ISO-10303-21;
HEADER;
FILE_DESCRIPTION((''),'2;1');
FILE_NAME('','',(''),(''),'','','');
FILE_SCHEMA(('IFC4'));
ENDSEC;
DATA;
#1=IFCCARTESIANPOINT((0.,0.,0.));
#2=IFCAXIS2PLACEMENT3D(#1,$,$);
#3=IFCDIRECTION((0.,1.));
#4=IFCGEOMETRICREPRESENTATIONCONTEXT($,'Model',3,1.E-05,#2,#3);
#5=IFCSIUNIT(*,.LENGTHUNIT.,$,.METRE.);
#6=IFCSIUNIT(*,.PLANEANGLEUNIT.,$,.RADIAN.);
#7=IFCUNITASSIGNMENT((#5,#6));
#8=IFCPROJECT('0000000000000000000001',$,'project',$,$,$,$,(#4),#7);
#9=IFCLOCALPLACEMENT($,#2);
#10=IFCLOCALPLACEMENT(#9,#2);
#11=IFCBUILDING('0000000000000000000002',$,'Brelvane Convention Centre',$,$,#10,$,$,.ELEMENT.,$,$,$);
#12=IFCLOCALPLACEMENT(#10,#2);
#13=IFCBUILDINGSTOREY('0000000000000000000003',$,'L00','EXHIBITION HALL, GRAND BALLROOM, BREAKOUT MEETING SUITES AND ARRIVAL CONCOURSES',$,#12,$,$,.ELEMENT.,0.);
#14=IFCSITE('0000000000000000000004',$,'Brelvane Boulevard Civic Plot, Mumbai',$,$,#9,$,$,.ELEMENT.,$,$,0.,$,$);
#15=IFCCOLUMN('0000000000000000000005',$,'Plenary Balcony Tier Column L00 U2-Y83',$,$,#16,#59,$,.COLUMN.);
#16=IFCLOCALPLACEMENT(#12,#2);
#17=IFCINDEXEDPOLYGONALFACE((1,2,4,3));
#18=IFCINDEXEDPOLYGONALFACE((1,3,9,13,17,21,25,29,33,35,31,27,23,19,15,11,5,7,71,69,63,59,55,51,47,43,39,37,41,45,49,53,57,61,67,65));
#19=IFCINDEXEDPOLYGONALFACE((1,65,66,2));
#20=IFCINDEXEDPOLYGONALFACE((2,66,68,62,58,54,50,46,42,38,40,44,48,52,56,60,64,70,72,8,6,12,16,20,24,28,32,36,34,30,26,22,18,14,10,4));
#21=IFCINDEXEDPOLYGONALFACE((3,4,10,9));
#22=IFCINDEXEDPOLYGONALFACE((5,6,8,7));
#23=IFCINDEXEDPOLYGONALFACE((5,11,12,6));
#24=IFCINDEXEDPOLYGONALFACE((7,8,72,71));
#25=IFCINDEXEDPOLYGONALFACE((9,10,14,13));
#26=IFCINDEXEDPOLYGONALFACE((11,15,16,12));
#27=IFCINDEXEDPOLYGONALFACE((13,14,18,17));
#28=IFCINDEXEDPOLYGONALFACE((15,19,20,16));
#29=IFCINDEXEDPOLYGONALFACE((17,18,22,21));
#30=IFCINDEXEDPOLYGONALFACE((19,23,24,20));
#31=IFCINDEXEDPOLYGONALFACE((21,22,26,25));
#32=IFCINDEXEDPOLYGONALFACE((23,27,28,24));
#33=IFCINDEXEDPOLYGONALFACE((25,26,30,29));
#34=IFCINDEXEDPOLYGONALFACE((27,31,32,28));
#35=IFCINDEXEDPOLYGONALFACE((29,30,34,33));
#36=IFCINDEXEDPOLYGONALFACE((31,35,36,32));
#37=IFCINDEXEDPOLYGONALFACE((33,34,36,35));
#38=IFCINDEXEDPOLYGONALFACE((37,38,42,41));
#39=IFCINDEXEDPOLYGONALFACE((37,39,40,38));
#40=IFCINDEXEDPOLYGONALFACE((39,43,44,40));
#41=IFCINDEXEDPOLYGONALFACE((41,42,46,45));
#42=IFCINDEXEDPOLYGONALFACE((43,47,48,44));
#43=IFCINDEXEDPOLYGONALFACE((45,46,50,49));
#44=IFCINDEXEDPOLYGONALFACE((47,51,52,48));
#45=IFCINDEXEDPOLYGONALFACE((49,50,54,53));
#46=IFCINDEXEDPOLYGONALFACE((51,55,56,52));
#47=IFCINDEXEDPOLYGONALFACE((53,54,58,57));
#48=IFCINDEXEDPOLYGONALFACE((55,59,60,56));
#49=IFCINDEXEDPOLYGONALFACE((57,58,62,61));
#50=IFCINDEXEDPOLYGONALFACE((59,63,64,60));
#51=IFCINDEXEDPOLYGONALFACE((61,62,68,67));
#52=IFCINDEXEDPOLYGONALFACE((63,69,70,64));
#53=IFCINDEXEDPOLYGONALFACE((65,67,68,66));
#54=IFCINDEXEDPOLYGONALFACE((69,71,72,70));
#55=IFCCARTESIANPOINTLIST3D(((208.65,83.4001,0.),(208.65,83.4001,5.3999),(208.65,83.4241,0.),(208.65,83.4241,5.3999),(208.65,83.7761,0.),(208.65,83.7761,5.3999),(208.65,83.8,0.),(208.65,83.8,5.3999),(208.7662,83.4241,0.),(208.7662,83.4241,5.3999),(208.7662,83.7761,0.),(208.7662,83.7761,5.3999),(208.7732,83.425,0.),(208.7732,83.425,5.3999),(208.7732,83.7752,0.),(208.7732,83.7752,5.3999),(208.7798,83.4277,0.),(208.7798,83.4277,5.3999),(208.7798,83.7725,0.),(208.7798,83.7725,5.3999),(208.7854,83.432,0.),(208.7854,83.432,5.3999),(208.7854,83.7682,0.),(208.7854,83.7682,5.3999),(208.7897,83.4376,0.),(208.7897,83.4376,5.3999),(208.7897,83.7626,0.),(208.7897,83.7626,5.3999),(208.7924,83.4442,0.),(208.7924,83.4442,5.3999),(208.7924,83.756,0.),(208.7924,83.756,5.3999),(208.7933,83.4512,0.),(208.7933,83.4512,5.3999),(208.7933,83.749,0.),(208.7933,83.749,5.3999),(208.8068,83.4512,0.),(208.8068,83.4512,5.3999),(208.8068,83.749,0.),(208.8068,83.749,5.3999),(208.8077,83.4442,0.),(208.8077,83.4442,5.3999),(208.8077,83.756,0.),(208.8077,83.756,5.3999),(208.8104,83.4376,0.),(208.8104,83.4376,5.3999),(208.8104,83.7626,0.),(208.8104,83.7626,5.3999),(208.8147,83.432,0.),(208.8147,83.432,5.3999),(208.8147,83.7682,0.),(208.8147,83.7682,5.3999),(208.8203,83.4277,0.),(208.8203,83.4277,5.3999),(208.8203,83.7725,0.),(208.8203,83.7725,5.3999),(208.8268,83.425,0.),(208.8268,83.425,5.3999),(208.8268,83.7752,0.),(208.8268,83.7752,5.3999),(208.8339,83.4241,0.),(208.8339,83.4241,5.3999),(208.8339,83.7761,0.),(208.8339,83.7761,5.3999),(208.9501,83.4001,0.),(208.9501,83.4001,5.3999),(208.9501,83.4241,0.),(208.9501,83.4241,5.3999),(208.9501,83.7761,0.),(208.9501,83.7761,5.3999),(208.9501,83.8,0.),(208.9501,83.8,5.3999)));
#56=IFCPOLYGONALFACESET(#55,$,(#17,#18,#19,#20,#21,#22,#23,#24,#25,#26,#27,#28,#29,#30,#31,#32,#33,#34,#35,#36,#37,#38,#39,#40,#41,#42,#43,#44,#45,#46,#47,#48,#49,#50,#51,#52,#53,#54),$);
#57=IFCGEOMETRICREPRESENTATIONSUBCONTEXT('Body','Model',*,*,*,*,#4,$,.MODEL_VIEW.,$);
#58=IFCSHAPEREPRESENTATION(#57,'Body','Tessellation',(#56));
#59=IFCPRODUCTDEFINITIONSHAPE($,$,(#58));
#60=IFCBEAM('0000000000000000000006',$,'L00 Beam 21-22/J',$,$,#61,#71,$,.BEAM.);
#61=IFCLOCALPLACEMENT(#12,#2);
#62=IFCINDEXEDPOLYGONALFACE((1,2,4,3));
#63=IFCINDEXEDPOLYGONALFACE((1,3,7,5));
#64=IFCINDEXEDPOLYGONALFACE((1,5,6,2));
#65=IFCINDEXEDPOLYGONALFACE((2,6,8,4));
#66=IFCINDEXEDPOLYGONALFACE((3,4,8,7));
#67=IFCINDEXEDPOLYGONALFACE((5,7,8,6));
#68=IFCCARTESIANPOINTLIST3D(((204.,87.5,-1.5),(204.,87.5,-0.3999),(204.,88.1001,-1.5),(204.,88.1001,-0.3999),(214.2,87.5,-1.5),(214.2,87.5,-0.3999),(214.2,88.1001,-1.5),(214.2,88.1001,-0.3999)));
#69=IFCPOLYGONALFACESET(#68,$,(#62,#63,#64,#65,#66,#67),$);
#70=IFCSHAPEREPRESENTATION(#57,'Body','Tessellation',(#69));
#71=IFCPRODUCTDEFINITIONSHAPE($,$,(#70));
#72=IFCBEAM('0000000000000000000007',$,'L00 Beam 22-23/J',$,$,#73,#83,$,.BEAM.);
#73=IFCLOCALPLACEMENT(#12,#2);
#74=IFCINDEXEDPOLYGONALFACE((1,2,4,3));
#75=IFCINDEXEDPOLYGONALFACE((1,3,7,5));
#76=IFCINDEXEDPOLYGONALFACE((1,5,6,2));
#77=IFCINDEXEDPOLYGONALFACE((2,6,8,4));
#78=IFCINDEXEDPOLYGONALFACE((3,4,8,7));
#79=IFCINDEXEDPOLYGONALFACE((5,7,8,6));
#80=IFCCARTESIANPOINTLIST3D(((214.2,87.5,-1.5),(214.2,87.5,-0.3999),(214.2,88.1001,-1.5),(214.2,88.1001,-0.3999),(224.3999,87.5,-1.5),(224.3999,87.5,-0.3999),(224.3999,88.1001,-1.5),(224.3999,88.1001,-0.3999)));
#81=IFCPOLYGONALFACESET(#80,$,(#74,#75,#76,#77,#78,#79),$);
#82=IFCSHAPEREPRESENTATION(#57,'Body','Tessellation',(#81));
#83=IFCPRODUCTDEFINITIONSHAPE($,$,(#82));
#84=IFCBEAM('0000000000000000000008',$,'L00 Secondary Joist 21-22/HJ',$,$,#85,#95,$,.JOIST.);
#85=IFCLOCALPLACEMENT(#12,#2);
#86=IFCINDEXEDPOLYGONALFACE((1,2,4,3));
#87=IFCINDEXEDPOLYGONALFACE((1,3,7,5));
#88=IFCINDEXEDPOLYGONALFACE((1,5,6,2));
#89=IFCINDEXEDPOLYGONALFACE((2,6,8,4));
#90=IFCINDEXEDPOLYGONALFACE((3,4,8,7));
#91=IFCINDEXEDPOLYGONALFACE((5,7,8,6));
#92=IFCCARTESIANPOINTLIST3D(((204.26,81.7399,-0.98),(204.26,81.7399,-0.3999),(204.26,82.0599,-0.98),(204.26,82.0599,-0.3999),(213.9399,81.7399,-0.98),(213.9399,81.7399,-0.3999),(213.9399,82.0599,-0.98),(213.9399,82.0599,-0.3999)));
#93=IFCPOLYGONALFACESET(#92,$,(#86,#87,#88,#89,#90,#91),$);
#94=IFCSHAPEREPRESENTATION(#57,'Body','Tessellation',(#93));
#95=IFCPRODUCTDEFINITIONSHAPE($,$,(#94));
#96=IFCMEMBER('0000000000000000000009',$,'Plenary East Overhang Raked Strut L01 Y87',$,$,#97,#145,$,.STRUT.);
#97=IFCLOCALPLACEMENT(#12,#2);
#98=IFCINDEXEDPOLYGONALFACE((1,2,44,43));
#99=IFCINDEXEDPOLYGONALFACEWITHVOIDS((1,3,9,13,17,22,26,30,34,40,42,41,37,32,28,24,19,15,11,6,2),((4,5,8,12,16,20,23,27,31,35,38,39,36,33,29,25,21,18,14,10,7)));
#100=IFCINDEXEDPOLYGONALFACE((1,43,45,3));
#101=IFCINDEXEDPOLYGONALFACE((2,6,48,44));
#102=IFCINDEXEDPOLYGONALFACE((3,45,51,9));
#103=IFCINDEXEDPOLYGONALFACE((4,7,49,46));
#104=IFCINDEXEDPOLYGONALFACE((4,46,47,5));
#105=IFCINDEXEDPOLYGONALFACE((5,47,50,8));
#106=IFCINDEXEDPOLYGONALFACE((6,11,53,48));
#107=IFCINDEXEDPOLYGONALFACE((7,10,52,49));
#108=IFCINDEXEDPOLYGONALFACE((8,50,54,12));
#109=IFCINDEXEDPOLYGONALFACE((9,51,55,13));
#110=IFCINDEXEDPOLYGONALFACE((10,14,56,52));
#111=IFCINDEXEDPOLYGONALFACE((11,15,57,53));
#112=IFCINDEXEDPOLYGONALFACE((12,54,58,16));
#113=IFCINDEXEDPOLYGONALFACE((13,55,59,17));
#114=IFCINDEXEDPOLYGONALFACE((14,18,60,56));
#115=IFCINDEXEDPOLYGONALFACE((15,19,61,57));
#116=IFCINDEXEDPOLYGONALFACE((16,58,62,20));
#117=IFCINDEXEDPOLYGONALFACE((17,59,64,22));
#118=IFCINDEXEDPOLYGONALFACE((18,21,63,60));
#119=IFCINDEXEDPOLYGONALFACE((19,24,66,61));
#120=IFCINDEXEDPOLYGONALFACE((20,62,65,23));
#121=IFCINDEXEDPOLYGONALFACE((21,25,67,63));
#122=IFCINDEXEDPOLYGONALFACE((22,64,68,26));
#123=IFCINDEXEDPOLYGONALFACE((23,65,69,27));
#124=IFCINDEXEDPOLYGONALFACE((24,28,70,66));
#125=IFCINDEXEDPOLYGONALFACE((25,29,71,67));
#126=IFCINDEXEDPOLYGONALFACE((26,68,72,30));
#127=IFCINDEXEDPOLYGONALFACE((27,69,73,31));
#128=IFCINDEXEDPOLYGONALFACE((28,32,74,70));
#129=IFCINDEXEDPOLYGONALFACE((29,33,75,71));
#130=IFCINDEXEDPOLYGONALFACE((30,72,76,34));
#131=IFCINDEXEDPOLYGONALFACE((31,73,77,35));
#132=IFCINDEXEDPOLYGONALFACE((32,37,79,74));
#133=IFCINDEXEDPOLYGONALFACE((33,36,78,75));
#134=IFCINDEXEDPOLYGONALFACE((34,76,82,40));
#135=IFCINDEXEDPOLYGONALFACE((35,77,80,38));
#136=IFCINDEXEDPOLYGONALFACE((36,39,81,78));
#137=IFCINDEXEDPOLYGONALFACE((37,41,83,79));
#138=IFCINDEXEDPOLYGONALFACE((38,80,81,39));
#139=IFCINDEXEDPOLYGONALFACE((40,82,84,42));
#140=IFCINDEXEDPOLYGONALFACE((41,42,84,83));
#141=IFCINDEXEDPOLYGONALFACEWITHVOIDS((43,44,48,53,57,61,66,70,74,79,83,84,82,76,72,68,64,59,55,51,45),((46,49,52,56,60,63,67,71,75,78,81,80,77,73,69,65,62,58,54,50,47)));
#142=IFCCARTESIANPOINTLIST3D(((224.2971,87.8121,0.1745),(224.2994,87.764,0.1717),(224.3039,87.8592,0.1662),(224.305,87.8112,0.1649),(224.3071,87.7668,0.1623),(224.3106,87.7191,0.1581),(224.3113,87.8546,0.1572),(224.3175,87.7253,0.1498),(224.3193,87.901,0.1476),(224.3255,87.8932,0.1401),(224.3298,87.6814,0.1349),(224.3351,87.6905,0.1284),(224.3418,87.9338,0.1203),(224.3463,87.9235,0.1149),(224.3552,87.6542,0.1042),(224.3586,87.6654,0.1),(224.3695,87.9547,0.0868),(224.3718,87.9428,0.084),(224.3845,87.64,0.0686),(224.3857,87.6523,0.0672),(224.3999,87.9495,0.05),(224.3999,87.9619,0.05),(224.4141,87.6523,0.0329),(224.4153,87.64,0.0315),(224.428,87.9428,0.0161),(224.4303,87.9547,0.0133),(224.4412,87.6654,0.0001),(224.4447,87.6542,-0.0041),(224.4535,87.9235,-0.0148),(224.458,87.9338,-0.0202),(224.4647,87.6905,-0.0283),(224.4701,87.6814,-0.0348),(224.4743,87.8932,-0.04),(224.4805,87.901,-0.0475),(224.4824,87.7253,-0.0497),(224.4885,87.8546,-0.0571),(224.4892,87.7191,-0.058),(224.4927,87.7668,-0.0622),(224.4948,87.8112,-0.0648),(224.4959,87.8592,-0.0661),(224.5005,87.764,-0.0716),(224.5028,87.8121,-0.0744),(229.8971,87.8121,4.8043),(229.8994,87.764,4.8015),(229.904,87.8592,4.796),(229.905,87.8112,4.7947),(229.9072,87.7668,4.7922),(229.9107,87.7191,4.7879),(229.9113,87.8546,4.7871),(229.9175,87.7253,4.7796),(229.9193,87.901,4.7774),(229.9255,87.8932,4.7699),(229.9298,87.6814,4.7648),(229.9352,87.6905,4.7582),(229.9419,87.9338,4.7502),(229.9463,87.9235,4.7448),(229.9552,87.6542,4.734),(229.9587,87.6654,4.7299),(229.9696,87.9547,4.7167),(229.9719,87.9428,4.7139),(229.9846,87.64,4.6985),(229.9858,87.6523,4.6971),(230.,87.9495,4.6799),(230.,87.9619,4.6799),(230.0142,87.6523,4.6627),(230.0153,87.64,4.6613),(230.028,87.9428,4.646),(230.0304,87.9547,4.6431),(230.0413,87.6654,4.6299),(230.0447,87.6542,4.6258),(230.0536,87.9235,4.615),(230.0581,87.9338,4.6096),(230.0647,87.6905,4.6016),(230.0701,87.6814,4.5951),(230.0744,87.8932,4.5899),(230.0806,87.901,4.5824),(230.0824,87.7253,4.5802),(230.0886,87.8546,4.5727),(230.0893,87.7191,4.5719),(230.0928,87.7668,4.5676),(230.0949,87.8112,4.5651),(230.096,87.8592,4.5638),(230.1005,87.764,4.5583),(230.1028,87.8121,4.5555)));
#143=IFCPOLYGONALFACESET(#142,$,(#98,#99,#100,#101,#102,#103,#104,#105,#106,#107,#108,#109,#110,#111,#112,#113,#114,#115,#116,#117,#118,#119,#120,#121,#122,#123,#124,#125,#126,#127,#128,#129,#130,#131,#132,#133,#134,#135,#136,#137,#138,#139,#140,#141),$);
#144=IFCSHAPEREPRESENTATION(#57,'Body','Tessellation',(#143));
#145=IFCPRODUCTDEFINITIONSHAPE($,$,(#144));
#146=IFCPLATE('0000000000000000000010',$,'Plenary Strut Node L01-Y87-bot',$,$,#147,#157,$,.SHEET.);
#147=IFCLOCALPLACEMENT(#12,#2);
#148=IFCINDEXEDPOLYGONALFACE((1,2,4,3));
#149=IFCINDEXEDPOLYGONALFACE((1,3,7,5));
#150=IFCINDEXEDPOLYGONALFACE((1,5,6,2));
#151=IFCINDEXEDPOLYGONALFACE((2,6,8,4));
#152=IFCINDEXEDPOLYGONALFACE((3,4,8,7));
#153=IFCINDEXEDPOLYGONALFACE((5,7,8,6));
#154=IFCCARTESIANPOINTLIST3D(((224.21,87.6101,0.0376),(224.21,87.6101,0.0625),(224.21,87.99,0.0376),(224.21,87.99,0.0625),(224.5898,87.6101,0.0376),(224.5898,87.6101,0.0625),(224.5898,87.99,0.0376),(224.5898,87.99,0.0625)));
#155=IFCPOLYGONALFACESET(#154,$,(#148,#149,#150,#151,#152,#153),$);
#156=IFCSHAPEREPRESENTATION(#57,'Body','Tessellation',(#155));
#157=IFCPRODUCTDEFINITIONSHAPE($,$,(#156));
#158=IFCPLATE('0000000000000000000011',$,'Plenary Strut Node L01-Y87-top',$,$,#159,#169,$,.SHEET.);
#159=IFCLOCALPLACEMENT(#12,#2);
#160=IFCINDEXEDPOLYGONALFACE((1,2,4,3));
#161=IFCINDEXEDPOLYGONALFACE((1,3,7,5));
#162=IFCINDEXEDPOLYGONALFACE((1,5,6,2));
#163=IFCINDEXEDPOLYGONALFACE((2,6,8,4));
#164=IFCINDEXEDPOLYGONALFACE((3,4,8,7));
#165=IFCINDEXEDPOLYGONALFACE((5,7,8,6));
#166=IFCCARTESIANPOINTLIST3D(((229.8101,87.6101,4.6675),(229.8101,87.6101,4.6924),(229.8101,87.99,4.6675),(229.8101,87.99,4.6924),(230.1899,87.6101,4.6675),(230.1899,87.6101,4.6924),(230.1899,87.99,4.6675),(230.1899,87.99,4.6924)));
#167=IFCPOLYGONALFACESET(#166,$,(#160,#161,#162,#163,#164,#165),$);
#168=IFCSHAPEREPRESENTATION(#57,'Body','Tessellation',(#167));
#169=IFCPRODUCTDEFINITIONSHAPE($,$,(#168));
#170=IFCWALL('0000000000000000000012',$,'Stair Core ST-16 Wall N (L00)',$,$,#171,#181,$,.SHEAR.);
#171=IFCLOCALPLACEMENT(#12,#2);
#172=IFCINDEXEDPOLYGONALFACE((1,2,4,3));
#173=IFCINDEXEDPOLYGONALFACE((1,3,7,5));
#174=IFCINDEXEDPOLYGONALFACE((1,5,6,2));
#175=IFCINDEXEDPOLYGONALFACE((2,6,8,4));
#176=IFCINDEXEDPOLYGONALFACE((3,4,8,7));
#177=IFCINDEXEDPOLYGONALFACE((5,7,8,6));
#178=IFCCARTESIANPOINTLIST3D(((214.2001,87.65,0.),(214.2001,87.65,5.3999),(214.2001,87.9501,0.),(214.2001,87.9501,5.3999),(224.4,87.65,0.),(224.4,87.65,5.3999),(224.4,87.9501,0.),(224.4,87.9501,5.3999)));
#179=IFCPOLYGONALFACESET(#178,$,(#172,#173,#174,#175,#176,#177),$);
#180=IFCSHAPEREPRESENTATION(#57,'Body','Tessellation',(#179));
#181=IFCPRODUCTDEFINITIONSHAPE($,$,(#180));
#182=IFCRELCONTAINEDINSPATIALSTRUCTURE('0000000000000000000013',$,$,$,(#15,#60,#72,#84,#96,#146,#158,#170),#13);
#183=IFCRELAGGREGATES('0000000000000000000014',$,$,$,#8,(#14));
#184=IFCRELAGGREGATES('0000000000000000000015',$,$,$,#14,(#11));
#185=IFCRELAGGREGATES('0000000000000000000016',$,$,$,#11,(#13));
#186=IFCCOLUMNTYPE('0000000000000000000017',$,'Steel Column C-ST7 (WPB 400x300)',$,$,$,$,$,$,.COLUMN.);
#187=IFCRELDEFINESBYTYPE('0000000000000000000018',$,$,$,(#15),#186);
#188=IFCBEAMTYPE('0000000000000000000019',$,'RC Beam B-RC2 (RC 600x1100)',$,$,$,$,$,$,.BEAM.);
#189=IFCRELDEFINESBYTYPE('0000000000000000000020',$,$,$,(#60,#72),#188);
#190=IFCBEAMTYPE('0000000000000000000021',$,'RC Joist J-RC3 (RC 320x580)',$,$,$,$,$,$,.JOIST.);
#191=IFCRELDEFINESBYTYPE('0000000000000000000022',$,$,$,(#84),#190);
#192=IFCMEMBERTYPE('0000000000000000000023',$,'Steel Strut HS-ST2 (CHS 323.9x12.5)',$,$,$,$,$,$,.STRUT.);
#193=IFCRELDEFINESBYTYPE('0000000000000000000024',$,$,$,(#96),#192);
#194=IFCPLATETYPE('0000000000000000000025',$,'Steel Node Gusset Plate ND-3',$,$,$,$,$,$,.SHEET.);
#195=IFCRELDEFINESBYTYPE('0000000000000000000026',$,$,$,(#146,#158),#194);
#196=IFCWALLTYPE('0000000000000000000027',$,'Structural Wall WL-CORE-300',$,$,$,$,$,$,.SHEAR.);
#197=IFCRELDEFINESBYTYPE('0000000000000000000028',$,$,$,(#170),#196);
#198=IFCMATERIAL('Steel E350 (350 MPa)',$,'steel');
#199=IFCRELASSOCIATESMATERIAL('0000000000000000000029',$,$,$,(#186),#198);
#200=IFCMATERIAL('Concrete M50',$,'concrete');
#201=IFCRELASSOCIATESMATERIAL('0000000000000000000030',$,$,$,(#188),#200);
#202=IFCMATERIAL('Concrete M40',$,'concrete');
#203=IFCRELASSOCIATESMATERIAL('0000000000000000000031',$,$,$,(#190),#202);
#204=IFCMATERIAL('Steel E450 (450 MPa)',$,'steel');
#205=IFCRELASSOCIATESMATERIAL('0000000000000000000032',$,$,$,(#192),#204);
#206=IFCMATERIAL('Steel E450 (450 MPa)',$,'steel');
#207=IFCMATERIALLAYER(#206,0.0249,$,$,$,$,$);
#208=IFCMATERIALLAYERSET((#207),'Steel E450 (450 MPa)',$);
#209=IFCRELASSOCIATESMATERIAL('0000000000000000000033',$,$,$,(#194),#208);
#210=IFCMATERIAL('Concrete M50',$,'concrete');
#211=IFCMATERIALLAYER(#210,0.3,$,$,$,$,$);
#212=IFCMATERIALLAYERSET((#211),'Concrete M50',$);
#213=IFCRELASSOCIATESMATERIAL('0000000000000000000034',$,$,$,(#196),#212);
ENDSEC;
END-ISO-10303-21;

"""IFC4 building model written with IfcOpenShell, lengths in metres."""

from ifc_helpers import new_model, si_unit, direction, frame, frame_2d, origin, origin_2d, place, context, subcontext, project, spatial, rectangle, hollow_circle, i_section, extrude, material, layer, layer_set, material_profile, profile_set, type_object, element, save


model = new_model("IFC4")

# Units and contexts
model_context = context("Model", 3, precision=1e-05, world=origin(), true_north=direction((0.0, 1.0)))
body_context = subcontext(model_context, "Body", "Model", "MODEL_VIEW")
ifc_project = project(units=[si_unit("LENGTHUNIT", "METRE"), si_unit("PLANEANGLEUNIT", "RADIAN")], contexts=[model_context])

# Site, building, storey
site_placement = place(None, origin())
site = spatial("IfcSite", under=ifc_project, at=site_placement, Name="Brelvane Boulevard Civic Plot, Mumbai", CompositionType="ELEMENT", RefElevation=0.0)
building_placement = place(site_placement, origin())
building = spatial("IfcBuilding", under=site, at=building_placement, Name="Brelvane Convention Centre", CompositionType="ELEMENT")
storey_placement = place(building_placement, origin())
storey = spatial("IfcBuildingStorey", under=building, at=storey_placement, Name="L00", Description="EXHIBITION HALL, GRAND BALLROOM, BREAKOUT MEETING SUITES AND ARRIVAL CONCOURSES", CompositionType="ELEMENT", Elevation=0.0)

# Column
ifc_material_1 = material(Name="Steel E350 (350 MPa)", Category="steel")
ifc_material_profile_1 = material_profile(ifc_material_1, i_section(OverallWidth=0.3, OverallDepth=0.3999, WebThickness=0.0134, FlangeThickness=0.0239, FilletRadius=0.0271, at=origin_2d()), Name="WPB 400x300")
ifc_profile_set_1 = profile_set([ifc_material_profile_1], Name="Steel E350 (350 MPa)")
column_type_1 = type_object("IfcColumnType", Name="Steel Column C-ST7 (WPB 400x300)", PredefinedType="COLUMN", material=ifc_profile_set_1)
for number, where, z_axis, x_axis, name in (
    (1, (208.8, 83.6001, 0.0), (0.0, 0.0, 1.0), (1.0, 0.0, 0.0), "Plenary Balcony Tier Column L00 U2-Y83"),
):
    element("IfcColumn", number, at=place(storey_placement, frame(where, z_axis=z_axis, x_axis=x_axis)), inside=storey, type_object=column_type_1, Name=name, PredefinedType="COLUMN", context=body_context, shape_type="SweptSolid", body=[
        extrude(i_section(OverallWidth=0.3, OverallDepth=0.3999, WebThickness=0.0134, FlangeThickness=0.0239, FilletRadius=0.0271, at=origin_2d()), origin(), (0.0, 0.0, 1.0), 5.3999),
    ])

# Beams
ifc_material_2 = material(Name="Concrete M50", Category="concrete")
ifc_material_profile_2 = material_profile(ifc_material_2, rectangle(XDim=0.6001, YDim=1.1001, at=origin_2d()), Name="RC 600x1100")
ifc_profile_set_2 = profile_set([ifc_material_profile_2], Name="Concrete M50")
beam_type_1 = type_object("IfcBeamType", Name="RC Beam B-RC2 (RC 600x1100)", PredefinedType="BEAM", material=ifc_profile_set_2)
for number, where, z_axis, x_axis, name in (
    (2, (204.0, 87.8, -0.95), (1.0, 0.0, 0.0), (0.0, 1.0, 0.0), "L00 Beam 21-22/J"),
    (3, (214.2, 87.8, -0.95), (1.0, 0.0, 0.0), (0.0, 1.0, 0.0), "L00 Beam 22-23/J"),
):
    element("IfcBeam", number, at=place(storey_placement, frame(where, z_axis=z_axis, x_axis=x_axis)), inside=storey, type_object=beam_type_1, Name=name, PredefinedType="BEAM", context=body_context, shape_type="SweptSolid", body=[
        extrude(rectangle(XDim=0.6001, YDim=1.1001, at=origin_2d()), origin(), (0.0, 0.0, 1.0), 10.2),
    ])
ifc_material_3 = material(Name="Concrete M40", Category="concrete")
ifc_material_profile_3 = material_profile(ifc_material_3, rectangle(XDim=0.3201, YDim=0.5801, at=origin_2d()), Name="RC 320x580")
ifc_profile_set_3 = profile_set([ifc_material_profile_3], Name="Concrete M40")
beam_type_2 = type_object("IfcBeamType", Name="RC Joist J-RC3 (RC 320x580)", PredefinedType="JOIST", material=ifc_profile_set_3)
beam_placement = place(storey_placement, frame((204.26, 81.8999, -0.6899), z_axis=(1.0, 0.0, 0.0), x_axis=(0.0, 1.0, 0.0)))
element("IfcBeam", 4, at=beam_placement, inside=storey, type_object=beam_type_2, Name="L00 Secondary Joist 21-22/HJ", PredefinedType="JOIST", context=body_context, shape_type="SweptSolid", body=[
    extrude(rectangle(XDim=0.3201, YDim=0.5801, at=origin_2d()), origin(), (0.0, 0.0, 1.0), 9.6799),
])

# Member
ifc_material_4 = material(Name="Steel E450 (450 MPa)", Category="steel")
ifc_material_profile_4 = material_profile(ifc_material_4, hollow_circle(Radius=0.1619, WallThickness=0.0125, at=origin_2d()), Name="CHS 323.9x12.5")
ifc_profile_set_4 = profile_set([ifc_material_profile_4], Name="Steel E450 (450 MPa)")
member_type = type_object("IfcMemberType", Name="Steel Strut HS-ST2 (CHS 323.9x12.5)", PredefinedType="STRUT", material=ifc_profile_set_4)
member_placement = place(storey_placement, frame((224.3999, 87.8, 0.05), z_axis=(0.770711, 0.0, 0.637185), x_axis=(0.0, 1.0, 0.0)))
element("IfcMember", 5, at=member_placement, inside=storey, type_object=member_type, Name="Plenary East Overhang Raked Strut L01 Y87", PredefinedType="STRUT", context=body_context, shape_type="SweptSolid", body=[
    extrude(hollow_circle(Radius=0.1619, WallThickness=0.0125, at=origin_2d()), origin(), (0.0, 0.0, 1.0), 7.2661),
])

# Plates
ifc_material_5 = material(Name="Steel E450 (450 MPa)", Category="steel")
ifc_layer_1 = layer(ifc_material_5, 0.0249)
ifc_layer_set_1 = layer_set([ifc_layer_1], Name="Steel E450 (450 MPa)")
plate_type = type_object("IfcPlateType", Name="Steel Node Gusset Plate ND-3", PredefinedType="SHEET", material=ifc_layer_set_1)
for number, where, z_axis, x_axis, name in (
    (6, (224.3999, 87.8, 0.0376), (0.0, 0.0, 1.0), (1.0, 0.0, 0.0), "Plenary Strut Node L01-Y87-bot"),
    (7, (230.0, 87.8, 4.6675), (0.0, 0.0, 1.0), (1.0, 0.0, 0.0), "Plenary Strut Node L01-Y87-top"),
):
    element("IfcPlate", number, at=place(storey_placement, frame(where, z_axis=z_axis, x_axis=x_axis)), inside=storey, type_object=plate_type, Name=name, PredefinedType="SHEET", context=body_context, shape_type="SweptSolid", body=[
        extrude(rectangle(XDim=0.3799, YDim=0.3799, at=origin_2d()), origin(), (0.0, 0.0, 1.0), 0.0249),
    ])

# Wall
ifc_material_6 = material(Name="Concrete M50", Category="concrete")
ifc_layer_2 = layer(ifc_material_6, 0.3)
ifc_layer_set_2 = layer_set([ifc_layer_2], Name="Concrete M50")
wall_type_1 = type_object("IfcWallType", Name="Structural Wall WL-CORE-300", PredefinedType="SHEAR", material=ifc_layer_set_2)
wall_1_placement = place(storey_placement, frame((214.2, 87.8, 0.0), z_axis=(0.0, 0.0, 1.0), x_axis=(1.0, 0.0, 0.0)))
element("IfcWall", 8, at=wall_1_placement, inside=storey, type_object=wall_type_1, Name="Stair Core ST-16 Wall N (L00)", PredefinedType="SHEAR", context=body_context, shape_type="SweptSolid", body=[
    extrude(rectangle(XDim=10.2, YDim=0.3, at=frame_2d((5.1001, 0.0))), origin(), (0.0, 0.0, 1.0), 5.3999),
])

save(model, "model.ifc")
